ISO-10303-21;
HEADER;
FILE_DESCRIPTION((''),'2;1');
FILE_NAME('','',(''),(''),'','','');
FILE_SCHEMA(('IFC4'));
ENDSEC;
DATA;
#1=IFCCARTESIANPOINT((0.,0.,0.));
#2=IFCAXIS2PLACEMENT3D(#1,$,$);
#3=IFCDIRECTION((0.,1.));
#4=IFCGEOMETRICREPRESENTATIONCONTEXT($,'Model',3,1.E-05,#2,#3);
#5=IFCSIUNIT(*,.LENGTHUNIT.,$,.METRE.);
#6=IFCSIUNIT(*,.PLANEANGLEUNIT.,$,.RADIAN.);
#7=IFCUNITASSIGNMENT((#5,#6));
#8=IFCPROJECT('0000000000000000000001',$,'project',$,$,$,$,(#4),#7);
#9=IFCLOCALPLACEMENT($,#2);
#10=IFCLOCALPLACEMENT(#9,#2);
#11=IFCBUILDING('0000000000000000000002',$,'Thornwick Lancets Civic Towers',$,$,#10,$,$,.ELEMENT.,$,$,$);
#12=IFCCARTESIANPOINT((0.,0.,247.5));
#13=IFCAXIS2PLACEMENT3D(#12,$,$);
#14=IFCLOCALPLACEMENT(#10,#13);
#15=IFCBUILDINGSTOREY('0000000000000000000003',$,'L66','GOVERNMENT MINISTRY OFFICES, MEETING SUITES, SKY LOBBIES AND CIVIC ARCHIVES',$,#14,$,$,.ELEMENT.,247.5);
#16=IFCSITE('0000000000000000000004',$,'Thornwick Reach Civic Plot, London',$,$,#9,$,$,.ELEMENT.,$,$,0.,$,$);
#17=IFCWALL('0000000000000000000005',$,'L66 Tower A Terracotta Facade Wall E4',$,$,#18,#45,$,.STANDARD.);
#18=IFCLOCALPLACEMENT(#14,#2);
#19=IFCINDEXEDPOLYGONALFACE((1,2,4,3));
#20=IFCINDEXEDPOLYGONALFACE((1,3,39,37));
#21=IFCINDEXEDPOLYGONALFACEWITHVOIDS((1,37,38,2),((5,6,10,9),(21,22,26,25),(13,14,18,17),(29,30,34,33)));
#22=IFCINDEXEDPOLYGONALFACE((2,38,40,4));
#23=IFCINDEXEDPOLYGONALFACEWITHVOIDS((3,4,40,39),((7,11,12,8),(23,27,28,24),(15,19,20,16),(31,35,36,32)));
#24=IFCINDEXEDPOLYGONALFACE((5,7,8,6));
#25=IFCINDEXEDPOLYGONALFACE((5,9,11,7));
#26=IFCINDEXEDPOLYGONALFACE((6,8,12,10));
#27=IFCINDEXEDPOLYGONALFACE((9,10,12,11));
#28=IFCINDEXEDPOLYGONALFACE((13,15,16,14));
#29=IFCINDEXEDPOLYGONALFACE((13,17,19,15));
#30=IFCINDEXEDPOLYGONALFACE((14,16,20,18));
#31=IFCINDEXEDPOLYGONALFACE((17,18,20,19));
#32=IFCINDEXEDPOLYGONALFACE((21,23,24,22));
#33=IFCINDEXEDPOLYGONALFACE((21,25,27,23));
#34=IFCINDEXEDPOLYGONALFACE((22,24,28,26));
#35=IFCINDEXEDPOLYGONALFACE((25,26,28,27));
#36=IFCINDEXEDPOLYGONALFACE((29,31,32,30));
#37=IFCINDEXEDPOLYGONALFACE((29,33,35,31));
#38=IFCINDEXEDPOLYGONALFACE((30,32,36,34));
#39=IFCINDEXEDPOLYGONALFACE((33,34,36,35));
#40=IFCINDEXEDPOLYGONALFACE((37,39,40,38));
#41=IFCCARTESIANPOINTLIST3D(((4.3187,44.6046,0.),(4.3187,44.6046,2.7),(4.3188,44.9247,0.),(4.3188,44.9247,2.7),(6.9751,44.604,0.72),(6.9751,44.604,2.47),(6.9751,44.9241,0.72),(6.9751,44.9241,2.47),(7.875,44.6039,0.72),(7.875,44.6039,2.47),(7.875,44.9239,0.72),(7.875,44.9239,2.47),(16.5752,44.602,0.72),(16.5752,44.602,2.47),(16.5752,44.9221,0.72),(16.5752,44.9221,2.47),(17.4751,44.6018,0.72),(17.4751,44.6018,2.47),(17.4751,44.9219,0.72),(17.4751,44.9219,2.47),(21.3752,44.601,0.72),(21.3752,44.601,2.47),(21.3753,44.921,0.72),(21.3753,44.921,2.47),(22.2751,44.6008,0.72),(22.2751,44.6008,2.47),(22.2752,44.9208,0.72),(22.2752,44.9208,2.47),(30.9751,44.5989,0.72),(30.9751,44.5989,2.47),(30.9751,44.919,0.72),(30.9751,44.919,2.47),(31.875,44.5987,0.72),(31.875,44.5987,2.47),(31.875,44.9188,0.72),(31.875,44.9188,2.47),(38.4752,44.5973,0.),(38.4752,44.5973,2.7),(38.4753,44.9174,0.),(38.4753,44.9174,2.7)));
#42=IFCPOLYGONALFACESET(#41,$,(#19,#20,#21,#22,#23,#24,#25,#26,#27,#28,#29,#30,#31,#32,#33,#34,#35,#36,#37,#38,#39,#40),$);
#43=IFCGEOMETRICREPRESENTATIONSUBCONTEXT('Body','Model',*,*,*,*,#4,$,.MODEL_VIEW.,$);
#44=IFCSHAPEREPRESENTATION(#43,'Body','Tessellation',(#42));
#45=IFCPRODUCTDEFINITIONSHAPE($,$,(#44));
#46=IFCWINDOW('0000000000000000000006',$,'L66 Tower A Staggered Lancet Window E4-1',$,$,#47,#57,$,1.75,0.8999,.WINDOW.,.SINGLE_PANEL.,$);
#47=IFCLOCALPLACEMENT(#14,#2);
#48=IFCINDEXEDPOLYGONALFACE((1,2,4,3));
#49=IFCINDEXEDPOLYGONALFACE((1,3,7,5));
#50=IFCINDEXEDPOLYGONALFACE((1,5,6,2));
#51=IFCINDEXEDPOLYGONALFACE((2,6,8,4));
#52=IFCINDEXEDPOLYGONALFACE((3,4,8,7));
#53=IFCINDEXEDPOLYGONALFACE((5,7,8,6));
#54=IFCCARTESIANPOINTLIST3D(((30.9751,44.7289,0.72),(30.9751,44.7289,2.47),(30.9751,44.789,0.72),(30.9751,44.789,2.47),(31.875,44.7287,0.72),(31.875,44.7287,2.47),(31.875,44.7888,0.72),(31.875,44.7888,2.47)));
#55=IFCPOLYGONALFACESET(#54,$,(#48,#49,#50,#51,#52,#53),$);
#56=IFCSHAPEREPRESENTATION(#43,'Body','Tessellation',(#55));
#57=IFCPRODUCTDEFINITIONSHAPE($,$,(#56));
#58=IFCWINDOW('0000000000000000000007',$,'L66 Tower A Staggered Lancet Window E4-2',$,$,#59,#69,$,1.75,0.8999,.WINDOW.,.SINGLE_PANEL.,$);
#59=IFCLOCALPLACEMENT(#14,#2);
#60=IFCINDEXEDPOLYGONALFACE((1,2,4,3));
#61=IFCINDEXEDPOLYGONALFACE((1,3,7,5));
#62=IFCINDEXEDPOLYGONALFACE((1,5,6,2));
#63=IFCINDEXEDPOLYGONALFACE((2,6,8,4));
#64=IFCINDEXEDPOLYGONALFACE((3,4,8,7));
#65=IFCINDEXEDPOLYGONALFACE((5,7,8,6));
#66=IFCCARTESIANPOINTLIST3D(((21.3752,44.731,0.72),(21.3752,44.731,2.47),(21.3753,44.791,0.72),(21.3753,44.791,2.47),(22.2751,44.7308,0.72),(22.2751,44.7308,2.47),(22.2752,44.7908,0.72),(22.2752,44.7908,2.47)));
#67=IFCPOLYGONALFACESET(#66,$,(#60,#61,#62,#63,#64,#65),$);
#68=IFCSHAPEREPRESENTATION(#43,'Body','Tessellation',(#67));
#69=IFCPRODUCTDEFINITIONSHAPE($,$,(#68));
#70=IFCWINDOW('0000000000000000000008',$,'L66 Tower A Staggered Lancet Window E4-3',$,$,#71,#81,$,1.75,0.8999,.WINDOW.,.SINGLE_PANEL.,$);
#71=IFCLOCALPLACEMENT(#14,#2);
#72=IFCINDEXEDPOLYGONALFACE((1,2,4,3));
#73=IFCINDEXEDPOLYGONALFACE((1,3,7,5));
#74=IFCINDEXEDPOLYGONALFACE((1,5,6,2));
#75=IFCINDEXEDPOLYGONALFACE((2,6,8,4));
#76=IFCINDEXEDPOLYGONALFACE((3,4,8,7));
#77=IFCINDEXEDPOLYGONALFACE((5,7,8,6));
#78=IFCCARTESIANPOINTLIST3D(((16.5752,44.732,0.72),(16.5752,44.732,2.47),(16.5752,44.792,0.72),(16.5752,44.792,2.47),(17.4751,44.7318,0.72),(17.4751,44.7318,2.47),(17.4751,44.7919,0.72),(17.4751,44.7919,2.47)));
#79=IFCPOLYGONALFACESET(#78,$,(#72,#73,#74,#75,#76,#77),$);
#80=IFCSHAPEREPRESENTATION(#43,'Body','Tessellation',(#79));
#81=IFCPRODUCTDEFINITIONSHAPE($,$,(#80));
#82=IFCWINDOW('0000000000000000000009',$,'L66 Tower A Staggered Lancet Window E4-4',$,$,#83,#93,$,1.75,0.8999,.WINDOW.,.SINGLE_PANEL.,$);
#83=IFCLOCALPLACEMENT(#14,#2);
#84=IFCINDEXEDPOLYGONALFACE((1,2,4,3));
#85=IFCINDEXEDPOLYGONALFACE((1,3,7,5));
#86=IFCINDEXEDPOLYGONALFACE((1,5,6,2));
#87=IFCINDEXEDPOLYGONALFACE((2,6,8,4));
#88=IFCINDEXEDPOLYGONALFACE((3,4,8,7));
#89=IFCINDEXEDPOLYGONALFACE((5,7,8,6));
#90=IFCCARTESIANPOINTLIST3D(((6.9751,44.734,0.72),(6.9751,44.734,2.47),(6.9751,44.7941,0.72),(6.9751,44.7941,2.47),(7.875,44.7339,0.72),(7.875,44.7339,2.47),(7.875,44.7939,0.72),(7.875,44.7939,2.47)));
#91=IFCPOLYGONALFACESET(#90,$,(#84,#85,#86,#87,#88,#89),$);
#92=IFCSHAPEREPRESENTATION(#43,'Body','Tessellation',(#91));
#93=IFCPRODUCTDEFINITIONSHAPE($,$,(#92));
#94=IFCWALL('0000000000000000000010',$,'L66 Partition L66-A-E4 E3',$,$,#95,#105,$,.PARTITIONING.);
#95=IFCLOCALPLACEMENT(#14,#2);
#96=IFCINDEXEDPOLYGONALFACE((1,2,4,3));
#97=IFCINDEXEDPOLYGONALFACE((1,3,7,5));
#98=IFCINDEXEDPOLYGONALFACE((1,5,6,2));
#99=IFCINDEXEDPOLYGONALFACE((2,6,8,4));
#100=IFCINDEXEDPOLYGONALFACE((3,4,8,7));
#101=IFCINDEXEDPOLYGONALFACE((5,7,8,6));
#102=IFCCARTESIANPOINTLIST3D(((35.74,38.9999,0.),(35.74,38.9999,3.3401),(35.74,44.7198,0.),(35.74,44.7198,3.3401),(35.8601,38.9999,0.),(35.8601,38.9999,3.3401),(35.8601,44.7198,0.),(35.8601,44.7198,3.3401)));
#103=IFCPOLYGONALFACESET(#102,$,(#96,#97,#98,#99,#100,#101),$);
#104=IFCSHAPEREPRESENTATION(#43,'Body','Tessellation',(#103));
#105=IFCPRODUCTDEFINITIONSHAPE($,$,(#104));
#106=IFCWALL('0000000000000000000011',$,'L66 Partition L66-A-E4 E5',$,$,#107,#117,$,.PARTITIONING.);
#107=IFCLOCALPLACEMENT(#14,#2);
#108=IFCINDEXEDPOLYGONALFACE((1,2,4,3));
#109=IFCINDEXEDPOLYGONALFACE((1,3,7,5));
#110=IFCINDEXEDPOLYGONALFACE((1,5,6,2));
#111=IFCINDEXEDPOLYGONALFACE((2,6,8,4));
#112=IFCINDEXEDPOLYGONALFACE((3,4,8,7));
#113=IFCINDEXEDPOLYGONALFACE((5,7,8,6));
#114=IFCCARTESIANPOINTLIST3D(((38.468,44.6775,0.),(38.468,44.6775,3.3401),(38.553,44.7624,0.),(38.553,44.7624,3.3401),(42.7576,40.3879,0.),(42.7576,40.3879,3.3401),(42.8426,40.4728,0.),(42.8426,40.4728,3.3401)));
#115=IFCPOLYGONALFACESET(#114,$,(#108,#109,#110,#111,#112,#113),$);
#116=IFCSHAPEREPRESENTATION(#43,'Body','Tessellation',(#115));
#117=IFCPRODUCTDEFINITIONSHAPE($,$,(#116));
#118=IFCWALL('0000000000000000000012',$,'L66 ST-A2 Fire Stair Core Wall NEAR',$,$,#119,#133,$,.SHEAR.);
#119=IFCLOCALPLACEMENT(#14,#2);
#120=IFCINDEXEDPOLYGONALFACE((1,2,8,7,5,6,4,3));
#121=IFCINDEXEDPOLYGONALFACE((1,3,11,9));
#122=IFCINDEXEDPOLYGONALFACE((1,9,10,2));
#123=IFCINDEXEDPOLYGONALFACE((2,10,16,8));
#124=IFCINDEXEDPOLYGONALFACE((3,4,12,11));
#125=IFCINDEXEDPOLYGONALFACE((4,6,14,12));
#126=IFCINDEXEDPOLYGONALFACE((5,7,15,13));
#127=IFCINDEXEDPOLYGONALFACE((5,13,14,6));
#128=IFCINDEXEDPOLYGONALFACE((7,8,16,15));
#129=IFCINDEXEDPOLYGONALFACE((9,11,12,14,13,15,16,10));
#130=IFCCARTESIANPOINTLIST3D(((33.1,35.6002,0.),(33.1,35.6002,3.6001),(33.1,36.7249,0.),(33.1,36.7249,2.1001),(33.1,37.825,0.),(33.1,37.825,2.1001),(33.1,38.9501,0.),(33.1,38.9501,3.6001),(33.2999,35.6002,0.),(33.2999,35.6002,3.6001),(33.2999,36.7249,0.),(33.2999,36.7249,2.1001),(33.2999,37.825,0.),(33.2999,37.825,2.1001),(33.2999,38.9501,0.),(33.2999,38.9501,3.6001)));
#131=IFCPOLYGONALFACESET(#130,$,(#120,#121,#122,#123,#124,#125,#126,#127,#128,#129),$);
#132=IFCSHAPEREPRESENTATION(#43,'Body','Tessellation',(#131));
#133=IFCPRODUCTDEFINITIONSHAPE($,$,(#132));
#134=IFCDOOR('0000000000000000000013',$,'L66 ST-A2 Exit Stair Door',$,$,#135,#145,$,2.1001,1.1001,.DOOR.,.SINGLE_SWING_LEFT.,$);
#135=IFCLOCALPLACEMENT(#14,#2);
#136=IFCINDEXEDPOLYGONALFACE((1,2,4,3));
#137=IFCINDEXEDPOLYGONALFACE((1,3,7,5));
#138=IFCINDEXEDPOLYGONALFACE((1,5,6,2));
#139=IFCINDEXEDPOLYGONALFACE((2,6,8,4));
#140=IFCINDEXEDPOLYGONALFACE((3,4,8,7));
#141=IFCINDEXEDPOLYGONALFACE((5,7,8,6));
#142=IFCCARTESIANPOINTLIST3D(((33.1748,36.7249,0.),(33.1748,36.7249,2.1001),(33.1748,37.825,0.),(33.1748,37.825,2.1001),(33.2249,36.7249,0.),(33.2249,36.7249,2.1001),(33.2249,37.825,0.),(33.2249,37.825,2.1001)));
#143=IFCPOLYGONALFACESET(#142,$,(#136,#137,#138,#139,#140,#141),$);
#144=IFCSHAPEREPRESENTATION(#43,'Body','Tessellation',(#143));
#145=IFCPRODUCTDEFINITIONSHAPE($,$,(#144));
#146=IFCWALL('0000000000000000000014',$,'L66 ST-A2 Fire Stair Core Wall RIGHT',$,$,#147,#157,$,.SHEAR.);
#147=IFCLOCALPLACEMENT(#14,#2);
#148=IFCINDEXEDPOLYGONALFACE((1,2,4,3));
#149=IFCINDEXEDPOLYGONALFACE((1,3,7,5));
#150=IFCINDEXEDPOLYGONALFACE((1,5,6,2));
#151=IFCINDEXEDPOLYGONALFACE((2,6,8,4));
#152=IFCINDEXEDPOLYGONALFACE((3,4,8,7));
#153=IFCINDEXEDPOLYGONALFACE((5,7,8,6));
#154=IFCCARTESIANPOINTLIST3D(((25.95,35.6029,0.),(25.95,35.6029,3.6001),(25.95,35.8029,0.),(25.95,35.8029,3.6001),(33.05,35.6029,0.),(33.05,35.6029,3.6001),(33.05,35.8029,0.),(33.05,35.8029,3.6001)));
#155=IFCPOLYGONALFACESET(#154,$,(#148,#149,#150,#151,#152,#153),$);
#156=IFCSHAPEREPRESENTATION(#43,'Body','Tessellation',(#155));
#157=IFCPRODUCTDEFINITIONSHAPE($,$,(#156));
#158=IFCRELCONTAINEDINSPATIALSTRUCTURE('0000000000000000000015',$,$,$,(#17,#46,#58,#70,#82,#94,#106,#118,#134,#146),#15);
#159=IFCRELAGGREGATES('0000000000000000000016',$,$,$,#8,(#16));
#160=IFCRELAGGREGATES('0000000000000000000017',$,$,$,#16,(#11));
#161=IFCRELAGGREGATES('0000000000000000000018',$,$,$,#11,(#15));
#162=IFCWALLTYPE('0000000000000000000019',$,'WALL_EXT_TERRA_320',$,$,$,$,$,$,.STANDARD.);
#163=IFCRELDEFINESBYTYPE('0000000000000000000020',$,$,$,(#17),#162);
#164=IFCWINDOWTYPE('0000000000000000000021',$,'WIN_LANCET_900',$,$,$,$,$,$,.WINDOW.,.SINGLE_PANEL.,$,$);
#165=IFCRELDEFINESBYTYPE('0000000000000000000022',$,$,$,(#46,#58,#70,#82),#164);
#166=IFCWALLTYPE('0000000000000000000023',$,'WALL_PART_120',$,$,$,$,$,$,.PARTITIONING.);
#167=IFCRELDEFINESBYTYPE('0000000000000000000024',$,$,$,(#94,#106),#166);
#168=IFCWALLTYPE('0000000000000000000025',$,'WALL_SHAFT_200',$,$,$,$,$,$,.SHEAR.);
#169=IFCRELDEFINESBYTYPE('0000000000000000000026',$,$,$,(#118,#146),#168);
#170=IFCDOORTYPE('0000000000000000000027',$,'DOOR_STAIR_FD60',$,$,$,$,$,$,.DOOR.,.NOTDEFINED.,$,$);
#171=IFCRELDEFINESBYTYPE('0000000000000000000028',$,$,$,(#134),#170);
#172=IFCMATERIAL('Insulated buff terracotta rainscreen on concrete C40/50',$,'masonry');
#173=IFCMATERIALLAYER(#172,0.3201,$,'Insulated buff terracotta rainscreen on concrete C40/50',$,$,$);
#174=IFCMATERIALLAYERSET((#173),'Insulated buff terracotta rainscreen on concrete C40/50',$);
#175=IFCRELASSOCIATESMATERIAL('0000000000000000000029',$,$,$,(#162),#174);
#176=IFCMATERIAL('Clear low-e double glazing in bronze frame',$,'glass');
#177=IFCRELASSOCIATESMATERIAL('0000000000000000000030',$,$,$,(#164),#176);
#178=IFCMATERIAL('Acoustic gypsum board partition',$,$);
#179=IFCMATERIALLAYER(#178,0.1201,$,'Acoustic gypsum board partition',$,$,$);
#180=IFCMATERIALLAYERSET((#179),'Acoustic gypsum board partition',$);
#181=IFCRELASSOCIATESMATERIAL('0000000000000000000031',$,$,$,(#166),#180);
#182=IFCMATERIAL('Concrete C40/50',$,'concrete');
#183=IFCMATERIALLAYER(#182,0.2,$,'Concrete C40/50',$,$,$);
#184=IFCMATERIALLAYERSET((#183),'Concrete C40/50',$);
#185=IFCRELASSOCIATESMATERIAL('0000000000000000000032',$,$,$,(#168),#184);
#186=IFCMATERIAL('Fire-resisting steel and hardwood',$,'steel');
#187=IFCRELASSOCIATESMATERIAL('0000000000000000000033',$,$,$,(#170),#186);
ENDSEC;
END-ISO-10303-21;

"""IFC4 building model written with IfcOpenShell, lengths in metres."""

from ifc_helpers import new_model, si_unit, direction, frame, frame_2d, origin, place, context, subcontext, project, spatial, rectangle, extrude, material, layer, layer_set, type_object, element, fill, save


model = new_model("IFC4")

# Units and contexts
model_context = context("Model", 3, precision=1e-05, world=origin(), true_north=direction((0.0, 1.0)))
body_context = subcontext(model_context, "Body", "Model", "MODEL_VIEW")
ifc_project = project(units=[si_unit("LENGTHUNIT", "METRE"), si_unit("PLANEANGLEUNIT", "RADIAN")], contexts=[model_context])

# Site, building, storey
site_placement = place(None, origin())
site = spatial("IfcSite", under=ifc_project, at=site_placement, Name="Thornwick Reach Civic Plot, London", CompositionType="ELEMENT", RefElevation=0.0)
building_placement = place(site_placement, origin())
building = spatial("IfcBuilding", under=site, at=building_placement, Name="Thornwick Lancets Civic Towers", CompositionType="ELEMENT")
storey_placement = place(building_placement, frame((0.0, 0.0, 247.5)))
storey = spatial("IfcBuildingStorey", under=building, at=storey_placement, Name="L66", Description="GOVERNMENT MINISTRY OFFICES, MEETING SUITES, SKY LOBBIES AND CIVIC ARCHIVES", CompositionType="ELEMENT", Elevation=247.5)

# Shared definitions
ifc_material_1 = material(Name="Concrete C40/50", Category="concrete")

# Wall, openings, windows
ifc_material_2 = material(Name="Insulated buff terracotta rainscreen on concrete C40/50", Category="masonry")
ifc_layer_1 = layer(ifc_material_2, 0.3201, Name="Insulated buff terracotta rainscreen on concrete C40/50")
ifc_layer_set_1 = layer_set([ifc_layer_1], Name="Insulated buff terracotta rainscreen on concrete C40/50")
wall_type_1 = type_object("IfcWallType", Name="WALL_EXT_TERRA_320", PredefinedType="STANDARD", material=ifc_layer_set_1)
wall_1_placement = place(storey_placement, frame((38.4751, 44.7573, 0.0), z_axis=(0.0, 0.0, 1.0), x_axis=(-1.0, 0.000214, 0.0)))
wall_1 = element("IfcWall", 1, at=wall_1_placement, inside=storey, type_object=wall_type_1, Name="L66 Tower A Terracotta Facade Wall E4", PredefinedType="STANDARD", context=body_context, shape_type="SweptSolid", body=[
    extrude(rectangle(XDim=34.1565, YDim=0.3201, at=frame_2d((17.0781, 0.0))), origin(), (0.0, 0.0, 1.0), 2.7),
])
opening_1_placement = place(wall_1_placement, frame((6.6001, 0.0, 0.72)))
opening_1 = element("IfcOpeningElement", 2, at=opening_1_placement, cuts=wall_1, PredefinedType="OPENING", context=body_context, shape_type="SweptSolid", body=[
    extrude(rectangle(XDim=0.8999, YDim=1.75, at=frame_2d((0.45, 0.875))), frame((0.0, 0.1699, 0.0), z_axis=(0.0, -1.0, 0.0), x_axis=(1.0, 0.0, 0.0)), (0.0, 0.0, 1.0), 0.3401),
])
opening_2_placement = place(wall_1_placement, frame((16.2, 0.0, 0.72)))
opening_2 = element("IfcOpeningElement", 3, at=opening_2_placement, cuts=wall_1, PredefinedType="OPENING", context=body_context, shape_type="SweptSolid", body=[
    extrude(rectangle(XDim=0.8999, YDim=1.75, at=frame_2d((0.45, 0.875))), frame((0.0, 0.1699, 0.0), z_axis=(0.0, -1.0, 0.0), x_axis=(1.0, 0.0, 0.0)), (0.0, 0.0, 1.0), 0.3401),
])
opening_3_placement = place(wall_1_placement, frame((21.0, 0.0, 0.72)))
opening_3 = element("IfcOpeningElement", 4, at=opening_3_placement, cuts=wall_1, PredefinedType="OPENING", context=body_context, shape_type="SweptSolid", body=[
    extrude(rectangle(XDim=0.8999, YDim=1.75, at=frame_2d((0.45, 0.875))), frame((0.0, 0.1699, 0.0), z_axis=(0.0, -1.0, 0.0), x_axis=(1.0, 0.0, 0.0)), (0.0, 0.0, 1.0), 0.3401),
])
opening_4_placement = place(wall_1_placement, frame((30.6001, 0.0, 0.72)))
opening_4 = element("IfcOpeningElement", 5, at=opening_4_placement, cuts=wall_1, PredefinedType="OPENING", context=body_context, shape_type="SweptSolid", body=[
    extrude(rectangle(XDim=0.8999, YDim=1.75, at=frame_2d((0.45, 0.875))), frame((0.0, 0.1699, 0.0), z_axis=(0.0, -1.0, 0.0), x_axis=(1.0, 0.0, 0.0)), (0.0, 0.0, 1.0), 0.3401),
])
ifc_material_3 = material(Name="Clear low-e double glazing in bronze frame", Category="glass")
window_type = type_object("IfcWindowType", Name="WIN_LANCET_900", PartitioningType="SINGLE_PANEL", PredefinedType="WINDOW", material=ifc_material_3)
window_1_placement = place(opening_1_placement, origin())
window_1 = element("IfcWindow", 6, at=window_1_placement, inside=storey, type_object=window_type, Name="L66 Tower A Staggered Lancet Window E4-1", OverallHeight=1.75, OverallWidth=0.8999, PartitioningType="SINGLE_PANEL", PredefinedType="WINDOW", context=body_context, shape_type="SweptSolid", body=[
    extrude(rectangle(XDim=0.8999, YDim=1.75, at=frame_2d((0.45, 0.875))), frame((0.0, 0.03, 0.0), z_axis=(0.0, -1.0, 0.0), x_axis=(1.0, 0.0, 0.0)), (0.0, 0.0, 1.0), 0.0601),
])
fill(opening_1, window_1)
window_2_placement = place(opening_2_placement, origin())
window_2 = element("IfcWindow", 7, at=window_2_placement, inside=storey, type_object=window_type, Name="L66 Tower A Staggered Lancet Window E4-2", OverallHeight=1.75, OverallWidth=0.8999, PartitioningType="SINGLE_PANEL", PredefinedType="WINDOW", context=body_context, shape_type="SweptSolid", body=[
    extrude(rectangle(XDim=0.8999, YDim=1.75, at=frame_2d((0.45, 0.875))), frame((0.0, 0.03, 0.0), z_axis=(0.0, -1.0, 0.0), x_axis=(1.0, 0.0, 0.0)), (0.0, 0.0, 1.0), 0.0601),
])
fill(opening_2, window_2)
window_3_placement = place(opening_3_placement, origin())
window_3 = element("IfcWindow", 8, at=window_3_placement, inside=storey, type_object=window_type, Name="L66 Tower A Staggered Lancet Window E4-3", OverallHeight=1.75, OverallWidth=0.8999, PartitioningType="SINGLE_PANEL", PredefinedType="WINDOW", context=body_context, shape_type="SweptSolid", body=[
    extrude(rectangle(XDim=0.8999, YDim=1.75, at=frame_2d((0.45, 0.875))), frame((0.0, 0.03, 0.0), z_axis=(0.0, -1.0, 0.0), x_axis=(1.0, 0.0, 0.0)), (0.0, 0.0, 1.0), 0.0601),
])
fill(opening_3, window_3)
window_4_placement = place(opening_4_placement, origin())
window_4 = element("IfcWindow", 9, at=window_4_placement, inside=storey, type_object=window_type, Name="L66 Tower A Staggered Lancet Window E4-4", OverallHeight=1.75, OverallWidth=0.8999, PartitioningType="SINGLE_PANEL", PredefinedType="WINDOW", context=body_context, shape_type="SweptSolid", body=[
    extrude(rectangle(XDim=0.8999, YDim=1.75, at=frame_2d((0.45, 0.875))), frame((0.0, 0.03, 0.0), z_axis=(0.0, -1.0, 0.0), x_axis=(1.0, 0.0, 0.0)), (0.0, 0.0, 1.0), 0.0601),
])
fill(opening_4, window_4)

# Walls
ifc_material_4 = material(Name="Acoustic gypsum board partition")
ifc_layer_2 = layer(ifc_material_4, 0.1201, Name="Acoustic gypsum board partition")
ifc_layer_set_2 = layer_set([ifc_layer_2], Name="Acoustic gypsum board partition")
wall_type_2 = type_object("IfcWallType", Name="WALL_PART_120", PredefinedType="PARTITIONING", material=ifc_layer_set_2)
wall_2_placement = place(storey_placement, frame((35.8, 39.0, 0.0), z_axis=(0.0, 0.0, 1.0), x_axis=(0.0, 1.0, 0.0)))
element("IfcWall", 10, at=wall_2_placement, inside=storey, type_object=wall_type_2, Name="L66 Partition L66-A-E4 E3", PredefinedType="PARTITIONING", context=body_context, shape_type="SweptSolid", body=[
    extrude(rectangle(XDim=5.72, YDim=0.1201, at=frame_2d((2.8599, 0.0))), origin(), (0.0, 0.0, 1.0), 3.3401),
])
wall_3_placement = place(storey_placement, frame((38.5105, 44.72, 0.0), z_axis=(0.0, 0.0, 1.0), x_axis=(0.707107, -0.707107, 0.0)))
element("IfcWall", 11, at=wall_3_placement, inside=storey, type_object=wall_type_2, Name="L66 Partition L66-A-E4 E5", PredefinedType="PARTITIONING", context=body_context, shape_type="SweptSolid", body=[
    extrude(rectangle(XDim=6.0664, YDim=0.1201, at=frame_2d((3.0332, 0.0))), origin(), (0.0, 0.0, 1.0), 3.3401),
])

# Wall, opening, door
ifc_layer_3 = layer(ifc_material_1, 0.2, Name="Concrete C40/50")
ifc_layer_set_3 = layer_set([ifc_layer_3], Name="Concrete C40/50")
wall_type_3 = type_object("IfcWallType", Name="WALL_SHAFT_200", PredefinedType="SHEAR", material=ifc_layer_set_3)
wall_4_placement = place(storey_placement, frame((33.2, 38.95, 0.0), z_axis=(0.0, 0.0, 1.0), x_axis=(0.0, -1.0, 0.0)))
wall_4 = element("IfcWall", 12, at=wall_4_placement, inside=storey, type_object=wall_type_3, Name="L66 ST-A2 Fire Stair Core Wall NEAR", PredefinedType="SHEAR", context=body_context, shape_type="SweptSolid", body=[
    extrude(rectangle(XDim=3.3499, YDim=0.2, at=frame_2d((1.6748, 0.0))), origin(), (0.0, 0.0, 1.0), 3.6001),
])
opening_5_placement = place(wall_4_placement, frame((1.125, 0.0, 0.0)))
opening_5 = element("IfcOpeningElement", 13, at=opening_5_placement, cuts=wall_4, PredefinedType="OPENING", context=body_context, shape_type="SweptSolid", body=[
    extrude(rectangle(XDim=1.1001, YDim=2.1001, at=frame_2d((0.55, 1.05))), frame((0.0, 0.1099, 0.0), z_axis=(0.0, -1.0, 0.0), x_axis=(1.0, 0.0, 0.0)), (0.0, 0.0, 1.0), 0.22),
])
ifc_material_5 = material(Name="Fire-resisting steel and hardwood", Category="steel")
door_type = type_object("IfcDoorType", Name="DOOR_STAIR_FD60", OperationType="NOTDEFINED", PredefinedType="DOOR", material=ifc_material_5)
door_placement = place(opening_5_placement, origin())
door = element("IfcDoor", 14, at=door_placement, inside=storey, type_object=door_type, Name="L66 ST-A2 Exit Stair Door", OperationType="SINGLE_SWING_LEFT", OverallHeight=2.1001, OverallWidth=1.1001, PredefinedType="DOOR", context=body_context, shape_type="SweptSolid", body=[
    extrude(rectangle(XDim=1.1001, YDim=2.1001, at=frame_2d((0.55, 1.05))), frame((0.0, 0.0249, 0.0), z_axis=(0.0, -1.0, 0.0), x_axis=(1.0, 0.0, 0.0)), (0.0, 0.0, 1.0), 0.05),
])
fill(opening_5, door)

# Wall
wall_5_placement = place(storey_placement, frame((25.95, 35.7029, 0.0), z_axis=(0.0, 0.0, 1.0), x_axis=(1.0, 0.0, 0.0)))
element("IfcWall", 15, at=wall_5_placement, inside=storey, type_object=wall_type_3, Name="L66 ST-A2 Fire Stair Core Wall RIGHT", PredefinedType="SHEAR", context=body_context, shape_type="SweptSolid", body=[
    extrude(rectangle(XDim=7.1001, YDim=0.2, at=frame_2d((3.55, 0.0))), origin(), (0.0, 0.0, 1.0), 3.6001),
])

save(model, "model.ifc")
